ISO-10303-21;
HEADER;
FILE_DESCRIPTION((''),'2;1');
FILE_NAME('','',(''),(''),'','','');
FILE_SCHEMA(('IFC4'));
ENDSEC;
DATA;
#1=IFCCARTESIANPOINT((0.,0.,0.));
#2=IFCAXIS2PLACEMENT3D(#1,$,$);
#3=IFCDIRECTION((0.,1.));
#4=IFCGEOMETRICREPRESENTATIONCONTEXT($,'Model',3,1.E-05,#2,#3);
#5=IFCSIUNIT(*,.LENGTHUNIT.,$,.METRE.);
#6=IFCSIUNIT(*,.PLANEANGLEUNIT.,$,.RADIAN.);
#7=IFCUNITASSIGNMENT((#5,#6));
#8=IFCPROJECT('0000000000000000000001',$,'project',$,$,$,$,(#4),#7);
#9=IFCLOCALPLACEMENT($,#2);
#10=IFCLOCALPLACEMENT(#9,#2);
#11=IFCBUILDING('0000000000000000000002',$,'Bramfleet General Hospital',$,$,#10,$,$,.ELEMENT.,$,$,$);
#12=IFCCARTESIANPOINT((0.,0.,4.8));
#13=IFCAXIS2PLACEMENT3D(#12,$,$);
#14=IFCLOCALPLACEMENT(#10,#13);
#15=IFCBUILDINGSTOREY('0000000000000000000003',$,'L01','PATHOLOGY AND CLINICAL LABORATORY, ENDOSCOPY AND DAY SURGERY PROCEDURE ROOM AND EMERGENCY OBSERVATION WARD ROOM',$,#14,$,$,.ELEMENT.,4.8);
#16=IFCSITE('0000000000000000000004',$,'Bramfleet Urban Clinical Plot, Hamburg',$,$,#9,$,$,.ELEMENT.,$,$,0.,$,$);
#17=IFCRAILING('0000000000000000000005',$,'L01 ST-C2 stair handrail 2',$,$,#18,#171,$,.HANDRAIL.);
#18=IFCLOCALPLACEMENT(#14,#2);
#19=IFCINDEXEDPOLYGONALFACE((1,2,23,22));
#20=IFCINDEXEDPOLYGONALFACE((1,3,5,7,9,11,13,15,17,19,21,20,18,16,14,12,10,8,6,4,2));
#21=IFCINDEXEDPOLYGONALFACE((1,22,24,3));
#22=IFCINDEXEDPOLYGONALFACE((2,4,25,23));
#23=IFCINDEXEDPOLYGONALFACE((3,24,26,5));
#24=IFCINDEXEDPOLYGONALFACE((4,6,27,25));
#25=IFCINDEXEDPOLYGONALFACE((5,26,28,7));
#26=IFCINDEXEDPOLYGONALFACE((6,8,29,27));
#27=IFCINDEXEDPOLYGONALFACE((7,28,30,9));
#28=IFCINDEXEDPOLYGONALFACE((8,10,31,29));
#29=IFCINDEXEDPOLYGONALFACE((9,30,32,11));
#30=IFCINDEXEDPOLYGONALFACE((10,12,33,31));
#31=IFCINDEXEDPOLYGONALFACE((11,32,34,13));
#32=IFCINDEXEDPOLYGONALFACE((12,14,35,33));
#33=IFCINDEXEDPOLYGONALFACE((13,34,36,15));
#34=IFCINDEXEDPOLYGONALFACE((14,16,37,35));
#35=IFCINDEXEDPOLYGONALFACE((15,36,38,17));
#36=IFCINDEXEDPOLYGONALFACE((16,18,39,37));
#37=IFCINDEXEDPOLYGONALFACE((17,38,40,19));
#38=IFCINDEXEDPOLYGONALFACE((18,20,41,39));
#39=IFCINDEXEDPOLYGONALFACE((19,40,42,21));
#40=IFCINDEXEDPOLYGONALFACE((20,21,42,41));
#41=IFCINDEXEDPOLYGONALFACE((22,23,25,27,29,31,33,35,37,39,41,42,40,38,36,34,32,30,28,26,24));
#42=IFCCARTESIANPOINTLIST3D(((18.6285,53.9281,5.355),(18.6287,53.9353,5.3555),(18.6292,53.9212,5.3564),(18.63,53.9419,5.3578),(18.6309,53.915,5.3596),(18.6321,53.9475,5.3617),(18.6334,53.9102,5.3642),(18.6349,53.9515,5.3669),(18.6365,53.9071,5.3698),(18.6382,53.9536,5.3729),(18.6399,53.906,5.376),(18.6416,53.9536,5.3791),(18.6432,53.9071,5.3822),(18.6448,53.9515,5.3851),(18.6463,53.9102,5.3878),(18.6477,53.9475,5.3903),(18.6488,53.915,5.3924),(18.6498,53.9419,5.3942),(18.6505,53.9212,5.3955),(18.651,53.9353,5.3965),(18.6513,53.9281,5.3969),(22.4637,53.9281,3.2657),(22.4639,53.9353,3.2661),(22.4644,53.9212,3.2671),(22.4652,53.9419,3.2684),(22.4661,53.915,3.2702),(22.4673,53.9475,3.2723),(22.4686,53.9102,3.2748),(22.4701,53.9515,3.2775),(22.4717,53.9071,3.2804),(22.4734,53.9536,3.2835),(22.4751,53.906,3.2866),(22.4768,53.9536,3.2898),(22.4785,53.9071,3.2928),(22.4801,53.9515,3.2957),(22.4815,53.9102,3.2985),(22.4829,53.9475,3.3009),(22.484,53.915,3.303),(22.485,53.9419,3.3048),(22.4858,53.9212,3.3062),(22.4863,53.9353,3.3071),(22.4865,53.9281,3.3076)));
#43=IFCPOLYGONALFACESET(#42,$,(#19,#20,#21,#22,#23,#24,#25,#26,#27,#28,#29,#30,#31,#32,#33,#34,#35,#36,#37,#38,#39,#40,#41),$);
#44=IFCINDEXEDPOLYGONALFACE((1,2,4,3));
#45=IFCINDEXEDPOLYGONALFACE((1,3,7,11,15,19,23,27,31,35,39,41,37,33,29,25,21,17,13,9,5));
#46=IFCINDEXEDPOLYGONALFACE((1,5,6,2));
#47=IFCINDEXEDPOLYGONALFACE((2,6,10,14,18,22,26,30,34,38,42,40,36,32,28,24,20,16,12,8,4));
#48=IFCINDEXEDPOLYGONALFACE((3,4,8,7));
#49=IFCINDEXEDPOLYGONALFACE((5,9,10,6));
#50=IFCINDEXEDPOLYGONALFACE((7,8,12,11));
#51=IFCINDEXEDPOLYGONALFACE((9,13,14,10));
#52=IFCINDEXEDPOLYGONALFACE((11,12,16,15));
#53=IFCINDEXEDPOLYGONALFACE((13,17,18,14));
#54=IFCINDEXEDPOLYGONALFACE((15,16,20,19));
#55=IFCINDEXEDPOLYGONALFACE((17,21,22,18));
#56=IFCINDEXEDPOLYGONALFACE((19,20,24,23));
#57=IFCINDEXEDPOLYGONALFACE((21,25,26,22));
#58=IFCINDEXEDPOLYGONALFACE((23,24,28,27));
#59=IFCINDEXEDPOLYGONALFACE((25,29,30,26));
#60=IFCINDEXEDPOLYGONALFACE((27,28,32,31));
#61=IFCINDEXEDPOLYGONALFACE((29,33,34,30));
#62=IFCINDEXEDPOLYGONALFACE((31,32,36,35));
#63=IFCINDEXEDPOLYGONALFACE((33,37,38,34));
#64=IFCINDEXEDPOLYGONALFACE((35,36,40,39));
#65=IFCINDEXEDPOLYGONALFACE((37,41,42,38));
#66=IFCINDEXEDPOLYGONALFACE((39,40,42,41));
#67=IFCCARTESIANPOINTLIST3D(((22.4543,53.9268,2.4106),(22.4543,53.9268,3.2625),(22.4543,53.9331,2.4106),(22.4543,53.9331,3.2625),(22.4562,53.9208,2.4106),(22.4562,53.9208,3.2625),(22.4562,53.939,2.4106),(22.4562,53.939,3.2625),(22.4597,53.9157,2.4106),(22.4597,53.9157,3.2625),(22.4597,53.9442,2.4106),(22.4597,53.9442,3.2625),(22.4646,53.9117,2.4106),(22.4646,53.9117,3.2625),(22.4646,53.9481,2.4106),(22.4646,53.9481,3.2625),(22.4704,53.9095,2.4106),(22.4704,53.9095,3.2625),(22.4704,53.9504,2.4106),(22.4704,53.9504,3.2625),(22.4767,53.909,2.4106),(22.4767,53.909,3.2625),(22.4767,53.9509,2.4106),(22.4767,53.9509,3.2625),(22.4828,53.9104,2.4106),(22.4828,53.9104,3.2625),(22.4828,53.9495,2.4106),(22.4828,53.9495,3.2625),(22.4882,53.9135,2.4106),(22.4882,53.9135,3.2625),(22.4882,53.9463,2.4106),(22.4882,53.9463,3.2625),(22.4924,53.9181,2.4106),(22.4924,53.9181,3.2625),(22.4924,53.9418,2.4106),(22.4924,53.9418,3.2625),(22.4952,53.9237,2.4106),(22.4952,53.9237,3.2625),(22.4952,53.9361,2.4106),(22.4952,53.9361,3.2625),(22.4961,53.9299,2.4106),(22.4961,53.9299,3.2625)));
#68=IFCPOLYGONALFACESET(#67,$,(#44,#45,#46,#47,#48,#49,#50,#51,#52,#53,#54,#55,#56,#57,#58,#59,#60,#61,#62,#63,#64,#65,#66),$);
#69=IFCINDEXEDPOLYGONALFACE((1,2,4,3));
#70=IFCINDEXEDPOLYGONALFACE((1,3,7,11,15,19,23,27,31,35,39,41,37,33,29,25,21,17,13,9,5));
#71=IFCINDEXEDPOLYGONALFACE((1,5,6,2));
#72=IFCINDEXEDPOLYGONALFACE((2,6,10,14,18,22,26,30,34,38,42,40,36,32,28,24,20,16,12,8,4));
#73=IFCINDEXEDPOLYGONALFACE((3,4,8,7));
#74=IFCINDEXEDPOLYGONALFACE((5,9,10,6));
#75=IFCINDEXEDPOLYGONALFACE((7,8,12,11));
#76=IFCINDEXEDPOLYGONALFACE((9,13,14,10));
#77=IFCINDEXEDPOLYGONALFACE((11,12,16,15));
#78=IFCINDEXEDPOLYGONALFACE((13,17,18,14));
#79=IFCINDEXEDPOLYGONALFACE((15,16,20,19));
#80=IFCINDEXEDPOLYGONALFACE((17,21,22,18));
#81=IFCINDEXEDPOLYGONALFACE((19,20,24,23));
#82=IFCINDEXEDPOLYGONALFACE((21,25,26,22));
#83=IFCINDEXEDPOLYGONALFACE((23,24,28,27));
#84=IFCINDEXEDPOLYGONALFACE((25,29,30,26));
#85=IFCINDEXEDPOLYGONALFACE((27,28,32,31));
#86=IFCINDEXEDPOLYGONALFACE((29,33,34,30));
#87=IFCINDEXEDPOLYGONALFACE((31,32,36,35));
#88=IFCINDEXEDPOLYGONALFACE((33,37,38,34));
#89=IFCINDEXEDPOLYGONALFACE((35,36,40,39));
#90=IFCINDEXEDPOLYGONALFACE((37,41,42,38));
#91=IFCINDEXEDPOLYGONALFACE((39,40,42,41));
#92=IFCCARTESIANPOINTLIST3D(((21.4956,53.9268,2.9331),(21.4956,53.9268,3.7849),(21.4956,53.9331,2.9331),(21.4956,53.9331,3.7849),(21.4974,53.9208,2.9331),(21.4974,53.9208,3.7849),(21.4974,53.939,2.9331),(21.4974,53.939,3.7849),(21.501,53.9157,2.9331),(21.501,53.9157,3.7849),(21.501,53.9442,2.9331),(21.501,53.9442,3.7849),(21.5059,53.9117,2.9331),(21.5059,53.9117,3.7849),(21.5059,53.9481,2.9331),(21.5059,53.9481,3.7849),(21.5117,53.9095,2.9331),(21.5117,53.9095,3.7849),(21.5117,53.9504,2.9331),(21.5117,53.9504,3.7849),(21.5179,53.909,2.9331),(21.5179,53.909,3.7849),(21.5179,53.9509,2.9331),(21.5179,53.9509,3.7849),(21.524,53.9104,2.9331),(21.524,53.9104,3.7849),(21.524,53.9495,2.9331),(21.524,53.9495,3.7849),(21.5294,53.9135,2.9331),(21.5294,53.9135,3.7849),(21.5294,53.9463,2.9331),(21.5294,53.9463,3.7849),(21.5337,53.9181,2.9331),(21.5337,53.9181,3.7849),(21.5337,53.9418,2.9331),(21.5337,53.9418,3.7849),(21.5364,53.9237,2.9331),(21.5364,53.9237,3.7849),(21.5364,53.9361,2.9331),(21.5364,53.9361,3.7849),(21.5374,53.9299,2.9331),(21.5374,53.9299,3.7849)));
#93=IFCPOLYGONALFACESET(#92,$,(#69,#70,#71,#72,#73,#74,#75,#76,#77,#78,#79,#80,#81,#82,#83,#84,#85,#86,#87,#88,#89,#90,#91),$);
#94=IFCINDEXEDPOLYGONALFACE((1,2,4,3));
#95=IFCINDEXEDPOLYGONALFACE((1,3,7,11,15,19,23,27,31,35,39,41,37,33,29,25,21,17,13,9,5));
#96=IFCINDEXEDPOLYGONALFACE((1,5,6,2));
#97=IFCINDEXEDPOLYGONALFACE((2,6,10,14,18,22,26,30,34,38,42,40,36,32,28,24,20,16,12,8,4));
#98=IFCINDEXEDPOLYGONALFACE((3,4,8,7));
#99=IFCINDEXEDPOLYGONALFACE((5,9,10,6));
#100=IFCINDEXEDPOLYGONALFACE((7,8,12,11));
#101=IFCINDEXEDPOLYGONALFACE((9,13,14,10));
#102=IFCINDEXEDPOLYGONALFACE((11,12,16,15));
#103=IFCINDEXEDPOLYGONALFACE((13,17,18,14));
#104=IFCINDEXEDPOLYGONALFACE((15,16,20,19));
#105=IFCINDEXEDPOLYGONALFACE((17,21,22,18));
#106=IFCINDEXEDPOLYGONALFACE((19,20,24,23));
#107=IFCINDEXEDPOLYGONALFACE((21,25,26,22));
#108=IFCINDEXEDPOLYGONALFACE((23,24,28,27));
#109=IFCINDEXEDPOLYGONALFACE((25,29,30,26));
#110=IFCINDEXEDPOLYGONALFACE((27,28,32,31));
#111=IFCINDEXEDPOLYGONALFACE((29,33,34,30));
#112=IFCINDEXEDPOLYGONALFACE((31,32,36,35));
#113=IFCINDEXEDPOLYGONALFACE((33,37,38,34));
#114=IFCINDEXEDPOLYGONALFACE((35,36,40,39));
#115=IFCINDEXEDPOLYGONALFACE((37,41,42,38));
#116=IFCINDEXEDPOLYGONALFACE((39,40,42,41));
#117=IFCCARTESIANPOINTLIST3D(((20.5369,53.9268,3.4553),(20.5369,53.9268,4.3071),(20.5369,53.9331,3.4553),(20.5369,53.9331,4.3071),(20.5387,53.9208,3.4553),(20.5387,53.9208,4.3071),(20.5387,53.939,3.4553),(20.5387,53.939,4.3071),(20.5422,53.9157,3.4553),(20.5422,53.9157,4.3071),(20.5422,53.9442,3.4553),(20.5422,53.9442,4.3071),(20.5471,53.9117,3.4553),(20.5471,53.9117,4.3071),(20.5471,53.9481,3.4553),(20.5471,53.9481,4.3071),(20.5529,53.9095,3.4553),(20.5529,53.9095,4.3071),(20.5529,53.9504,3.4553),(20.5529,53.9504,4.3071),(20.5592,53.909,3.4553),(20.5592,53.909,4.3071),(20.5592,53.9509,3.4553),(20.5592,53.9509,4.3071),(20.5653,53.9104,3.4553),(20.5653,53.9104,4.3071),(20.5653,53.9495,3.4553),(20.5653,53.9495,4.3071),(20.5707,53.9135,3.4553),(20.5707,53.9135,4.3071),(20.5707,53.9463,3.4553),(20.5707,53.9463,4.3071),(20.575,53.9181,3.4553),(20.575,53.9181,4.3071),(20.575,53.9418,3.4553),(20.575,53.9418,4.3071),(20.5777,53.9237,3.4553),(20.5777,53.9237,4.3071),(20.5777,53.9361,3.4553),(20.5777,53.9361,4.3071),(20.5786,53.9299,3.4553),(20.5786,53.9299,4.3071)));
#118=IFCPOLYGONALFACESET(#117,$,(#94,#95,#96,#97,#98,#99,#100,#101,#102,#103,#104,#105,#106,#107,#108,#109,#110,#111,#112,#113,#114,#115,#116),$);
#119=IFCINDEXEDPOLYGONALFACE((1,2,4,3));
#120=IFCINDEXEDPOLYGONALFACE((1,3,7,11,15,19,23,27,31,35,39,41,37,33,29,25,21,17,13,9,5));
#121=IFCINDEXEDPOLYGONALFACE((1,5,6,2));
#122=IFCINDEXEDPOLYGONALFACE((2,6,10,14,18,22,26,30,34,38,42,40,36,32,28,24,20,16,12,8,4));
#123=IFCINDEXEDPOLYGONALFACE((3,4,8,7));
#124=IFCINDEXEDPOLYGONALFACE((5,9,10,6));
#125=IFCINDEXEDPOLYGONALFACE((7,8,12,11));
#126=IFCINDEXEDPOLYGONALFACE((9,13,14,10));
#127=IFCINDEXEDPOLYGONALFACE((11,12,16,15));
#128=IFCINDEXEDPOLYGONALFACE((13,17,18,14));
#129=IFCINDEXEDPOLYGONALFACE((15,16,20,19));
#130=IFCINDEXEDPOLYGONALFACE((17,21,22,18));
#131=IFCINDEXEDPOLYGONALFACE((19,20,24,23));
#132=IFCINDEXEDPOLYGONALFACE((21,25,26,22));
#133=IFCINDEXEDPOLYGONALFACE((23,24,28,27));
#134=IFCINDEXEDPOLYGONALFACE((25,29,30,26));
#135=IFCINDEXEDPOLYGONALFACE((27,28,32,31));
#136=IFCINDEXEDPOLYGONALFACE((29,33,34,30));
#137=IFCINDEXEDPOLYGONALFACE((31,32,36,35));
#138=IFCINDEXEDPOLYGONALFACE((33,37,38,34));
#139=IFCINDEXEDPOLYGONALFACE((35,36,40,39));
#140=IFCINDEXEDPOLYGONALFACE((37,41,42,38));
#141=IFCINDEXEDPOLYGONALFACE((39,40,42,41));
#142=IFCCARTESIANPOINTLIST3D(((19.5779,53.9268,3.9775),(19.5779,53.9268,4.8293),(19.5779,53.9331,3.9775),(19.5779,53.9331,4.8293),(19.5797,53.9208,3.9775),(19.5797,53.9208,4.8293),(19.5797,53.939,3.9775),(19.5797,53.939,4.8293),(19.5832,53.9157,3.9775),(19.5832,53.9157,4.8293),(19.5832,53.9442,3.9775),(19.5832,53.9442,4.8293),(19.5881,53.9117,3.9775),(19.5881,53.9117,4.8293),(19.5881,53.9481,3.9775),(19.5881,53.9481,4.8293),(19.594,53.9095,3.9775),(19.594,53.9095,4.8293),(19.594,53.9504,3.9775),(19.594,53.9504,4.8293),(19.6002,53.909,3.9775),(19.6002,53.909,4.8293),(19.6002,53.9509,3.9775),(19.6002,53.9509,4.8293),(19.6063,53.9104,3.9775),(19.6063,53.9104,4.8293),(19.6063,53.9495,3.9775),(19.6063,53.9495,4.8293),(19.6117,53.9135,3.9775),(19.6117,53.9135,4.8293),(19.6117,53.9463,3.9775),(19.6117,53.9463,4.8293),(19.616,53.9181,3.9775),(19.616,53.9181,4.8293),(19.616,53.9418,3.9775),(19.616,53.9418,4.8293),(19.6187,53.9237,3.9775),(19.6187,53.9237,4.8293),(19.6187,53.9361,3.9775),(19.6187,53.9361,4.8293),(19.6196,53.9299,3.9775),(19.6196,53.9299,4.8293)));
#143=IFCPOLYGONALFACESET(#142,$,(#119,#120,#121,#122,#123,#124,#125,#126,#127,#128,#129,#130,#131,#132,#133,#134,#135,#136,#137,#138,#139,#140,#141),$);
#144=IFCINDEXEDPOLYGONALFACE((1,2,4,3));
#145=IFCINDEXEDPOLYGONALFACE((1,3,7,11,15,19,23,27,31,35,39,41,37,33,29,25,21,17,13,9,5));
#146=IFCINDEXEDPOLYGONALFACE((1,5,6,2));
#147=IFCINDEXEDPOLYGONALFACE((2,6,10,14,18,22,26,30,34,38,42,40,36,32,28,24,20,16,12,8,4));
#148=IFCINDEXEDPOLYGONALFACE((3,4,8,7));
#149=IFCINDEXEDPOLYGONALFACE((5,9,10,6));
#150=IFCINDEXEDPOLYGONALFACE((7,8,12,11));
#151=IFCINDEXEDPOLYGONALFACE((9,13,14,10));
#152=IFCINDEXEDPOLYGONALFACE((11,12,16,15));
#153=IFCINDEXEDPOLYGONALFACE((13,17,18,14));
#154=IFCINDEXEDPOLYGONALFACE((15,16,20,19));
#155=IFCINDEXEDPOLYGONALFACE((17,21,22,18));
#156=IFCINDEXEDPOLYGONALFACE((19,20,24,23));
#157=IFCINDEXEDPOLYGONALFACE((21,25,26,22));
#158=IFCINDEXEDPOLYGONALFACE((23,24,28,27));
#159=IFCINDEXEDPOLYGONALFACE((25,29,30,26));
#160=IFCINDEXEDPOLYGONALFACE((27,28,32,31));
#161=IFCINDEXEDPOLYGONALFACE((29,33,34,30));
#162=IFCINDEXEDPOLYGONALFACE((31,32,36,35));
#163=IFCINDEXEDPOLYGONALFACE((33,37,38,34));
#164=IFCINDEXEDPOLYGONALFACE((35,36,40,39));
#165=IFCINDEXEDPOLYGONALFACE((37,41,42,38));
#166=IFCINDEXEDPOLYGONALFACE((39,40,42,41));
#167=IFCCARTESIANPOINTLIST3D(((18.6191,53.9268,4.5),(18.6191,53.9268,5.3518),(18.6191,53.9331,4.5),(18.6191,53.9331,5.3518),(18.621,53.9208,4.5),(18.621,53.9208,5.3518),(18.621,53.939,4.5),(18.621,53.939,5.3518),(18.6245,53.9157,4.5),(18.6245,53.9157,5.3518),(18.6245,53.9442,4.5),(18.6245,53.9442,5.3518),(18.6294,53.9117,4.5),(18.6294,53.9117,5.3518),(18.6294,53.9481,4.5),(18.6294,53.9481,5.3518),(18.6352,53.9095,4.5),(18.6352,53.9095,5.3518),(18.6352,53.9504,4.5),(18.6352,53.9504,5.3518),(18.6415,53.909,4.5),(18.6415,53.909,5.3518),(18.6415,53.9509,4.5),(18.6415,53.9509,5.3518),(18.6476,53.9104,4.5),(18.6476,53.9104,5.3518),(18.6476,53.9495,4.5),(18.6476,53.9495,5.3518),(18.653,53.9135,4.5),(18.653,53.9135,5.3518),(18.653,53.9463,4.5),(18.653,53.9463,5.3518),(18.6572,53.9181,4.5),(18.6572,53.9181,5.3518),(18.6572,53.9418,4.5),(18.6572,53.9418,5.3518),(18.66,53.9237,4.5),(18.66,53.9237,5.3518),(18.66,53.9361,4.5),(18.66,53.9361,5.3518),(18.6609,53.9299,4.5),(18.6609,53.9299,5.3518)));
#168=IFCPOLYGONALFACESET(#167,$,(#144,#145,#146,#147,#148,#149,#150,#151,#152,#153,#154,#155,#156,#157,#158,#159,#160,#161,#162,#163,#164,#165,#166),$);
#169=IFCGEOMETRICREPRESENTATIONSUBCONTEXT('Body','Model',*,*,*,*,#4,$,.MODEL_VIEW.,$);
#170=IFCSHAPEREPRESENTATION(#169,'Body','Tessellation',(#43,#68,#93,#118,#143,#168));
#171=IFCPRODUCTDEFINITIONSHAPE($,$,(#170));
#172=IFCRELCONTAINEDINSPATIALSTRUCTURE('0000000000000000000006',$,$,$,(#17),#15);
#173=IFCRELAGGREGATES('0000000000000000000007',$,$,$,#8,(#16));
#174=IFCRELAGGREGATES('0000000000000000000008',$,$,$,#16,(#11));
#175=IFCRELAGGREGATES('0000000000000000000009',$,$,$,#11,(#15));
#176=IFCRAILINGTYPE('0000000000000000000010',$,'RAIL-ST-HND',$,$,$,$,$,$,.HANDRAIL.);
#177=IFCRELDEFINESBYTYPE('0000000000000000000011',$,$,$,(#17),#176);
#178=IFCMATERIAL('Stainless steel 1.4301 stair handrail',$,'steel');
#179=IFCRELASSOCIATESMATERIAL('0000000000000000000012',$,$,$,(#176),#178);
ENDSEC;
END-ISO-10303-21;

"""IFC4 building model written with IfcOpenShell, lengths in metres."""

from ifc_helpers import new_model, si_unit, direction, frame, origin, origin_2d, place, context, subcontext, project, spatial, circle, extrude, material, type_object, element, save


model = new_model("IFC4")

# Units and contexts
model_context = context("Model", 3, precision=1e-05, world=origin(), true_north=direction((0.0, 1.0)))
body_context = subcontext(model_context, "Body", "Model", "MODEL_VIEW")
ifc_project = project(units=[si_unit("LENGTHUNIT", "METRE"), si_unit("PLANEANGLEUNIT", "RADIAN")], contexts=[model_context])

# Site, building, storey
site_placement = place(None, origin())
site = spatial("IfcSite", under=ifc_project, at=site_placement, Name="Bramfleet Urban Clinical Plot, Hamburg", CompositionType="ELEMENT", RefElevation=0.0)
building_placement = place(site_placement, origin())
building = spatial("IfcBuilding", under=site, at=building_placement, Name="Bramfleet General Hospital", CompositionType="ELEMENT")
storey_placement = place(building_placement, frame((0.0, 0.0, 4.8)))
storey = spatial("IfcBuildingStorey", under=building, at=storey_placement, Name="L01", Description="PATHOLOGY AND CLINICAL LABORATORY, ENDOSCOPY AND DAY SURGERY PROCEDURE ROOM AND EMERGENCY OBSERVATION WARD ROOM", CompositionType="ELEMENT", Elevation=4.8)

# Railing
ifc_material_1 = material(Name="Stainless steel 1.4301 stair handrail", Category="steel")
railing_type_1 = type_object("IfcRailingType", Name="RAIL-ST-HND", PredefinedType="HANDRAIL", material=ifc_material_1)
railing_1_placement = place(storey_placement, frame((22.4751, 53.9299, 2.4106)))
element("IfcRailing", 1, at=railing_1_placement, inside=storey, type_object=railing_type_1, Name="L01 ST-C2 stair handrail 2", PredefinedType="HANDRAIL", context=body_context, shape_type="SweptSolid", body=[
    extrude(circle(Radius=0.0239, at=origin_2d()), frame((0.0, 0.0, 0.876), z_axis=(-0.878143, 0.0, 0.478398), x_axis=(0.0, -1.0, 0.0)), (0.0, 0.0, 1.0), 4.3674),
    extrude(circle(Radius=0.021, at=origin_2d()), origin(), (0.0, 0.0, 1.0), 0.8518),
    extrude(circle(Radius=0.021, at=origin_2d()), frame((-0.9587, 0.0, 0.5225)), (0.0, 0.0, 1.0), 0.8518),
    extrude(circle(Radius=0.021, at=origin_2d()), frame((-1.9175, 0.0, 1.0447)), (0.0, 0.0, 1.0), 0.8518),
    extrude(circle(Radius=0.021, at=origin_2d()), frame((-2.8765, 0.0, 1.5669)), (0.0, 0.0, 1.0), 0.8518),
    extrude(circle(Radius=0.021, at=origin_2d()), frame((-3.8352, 0.0, 2.0894)), (0.0, 0.0, 1.0), 0.8518),
])

save(model, "model.ifc")
